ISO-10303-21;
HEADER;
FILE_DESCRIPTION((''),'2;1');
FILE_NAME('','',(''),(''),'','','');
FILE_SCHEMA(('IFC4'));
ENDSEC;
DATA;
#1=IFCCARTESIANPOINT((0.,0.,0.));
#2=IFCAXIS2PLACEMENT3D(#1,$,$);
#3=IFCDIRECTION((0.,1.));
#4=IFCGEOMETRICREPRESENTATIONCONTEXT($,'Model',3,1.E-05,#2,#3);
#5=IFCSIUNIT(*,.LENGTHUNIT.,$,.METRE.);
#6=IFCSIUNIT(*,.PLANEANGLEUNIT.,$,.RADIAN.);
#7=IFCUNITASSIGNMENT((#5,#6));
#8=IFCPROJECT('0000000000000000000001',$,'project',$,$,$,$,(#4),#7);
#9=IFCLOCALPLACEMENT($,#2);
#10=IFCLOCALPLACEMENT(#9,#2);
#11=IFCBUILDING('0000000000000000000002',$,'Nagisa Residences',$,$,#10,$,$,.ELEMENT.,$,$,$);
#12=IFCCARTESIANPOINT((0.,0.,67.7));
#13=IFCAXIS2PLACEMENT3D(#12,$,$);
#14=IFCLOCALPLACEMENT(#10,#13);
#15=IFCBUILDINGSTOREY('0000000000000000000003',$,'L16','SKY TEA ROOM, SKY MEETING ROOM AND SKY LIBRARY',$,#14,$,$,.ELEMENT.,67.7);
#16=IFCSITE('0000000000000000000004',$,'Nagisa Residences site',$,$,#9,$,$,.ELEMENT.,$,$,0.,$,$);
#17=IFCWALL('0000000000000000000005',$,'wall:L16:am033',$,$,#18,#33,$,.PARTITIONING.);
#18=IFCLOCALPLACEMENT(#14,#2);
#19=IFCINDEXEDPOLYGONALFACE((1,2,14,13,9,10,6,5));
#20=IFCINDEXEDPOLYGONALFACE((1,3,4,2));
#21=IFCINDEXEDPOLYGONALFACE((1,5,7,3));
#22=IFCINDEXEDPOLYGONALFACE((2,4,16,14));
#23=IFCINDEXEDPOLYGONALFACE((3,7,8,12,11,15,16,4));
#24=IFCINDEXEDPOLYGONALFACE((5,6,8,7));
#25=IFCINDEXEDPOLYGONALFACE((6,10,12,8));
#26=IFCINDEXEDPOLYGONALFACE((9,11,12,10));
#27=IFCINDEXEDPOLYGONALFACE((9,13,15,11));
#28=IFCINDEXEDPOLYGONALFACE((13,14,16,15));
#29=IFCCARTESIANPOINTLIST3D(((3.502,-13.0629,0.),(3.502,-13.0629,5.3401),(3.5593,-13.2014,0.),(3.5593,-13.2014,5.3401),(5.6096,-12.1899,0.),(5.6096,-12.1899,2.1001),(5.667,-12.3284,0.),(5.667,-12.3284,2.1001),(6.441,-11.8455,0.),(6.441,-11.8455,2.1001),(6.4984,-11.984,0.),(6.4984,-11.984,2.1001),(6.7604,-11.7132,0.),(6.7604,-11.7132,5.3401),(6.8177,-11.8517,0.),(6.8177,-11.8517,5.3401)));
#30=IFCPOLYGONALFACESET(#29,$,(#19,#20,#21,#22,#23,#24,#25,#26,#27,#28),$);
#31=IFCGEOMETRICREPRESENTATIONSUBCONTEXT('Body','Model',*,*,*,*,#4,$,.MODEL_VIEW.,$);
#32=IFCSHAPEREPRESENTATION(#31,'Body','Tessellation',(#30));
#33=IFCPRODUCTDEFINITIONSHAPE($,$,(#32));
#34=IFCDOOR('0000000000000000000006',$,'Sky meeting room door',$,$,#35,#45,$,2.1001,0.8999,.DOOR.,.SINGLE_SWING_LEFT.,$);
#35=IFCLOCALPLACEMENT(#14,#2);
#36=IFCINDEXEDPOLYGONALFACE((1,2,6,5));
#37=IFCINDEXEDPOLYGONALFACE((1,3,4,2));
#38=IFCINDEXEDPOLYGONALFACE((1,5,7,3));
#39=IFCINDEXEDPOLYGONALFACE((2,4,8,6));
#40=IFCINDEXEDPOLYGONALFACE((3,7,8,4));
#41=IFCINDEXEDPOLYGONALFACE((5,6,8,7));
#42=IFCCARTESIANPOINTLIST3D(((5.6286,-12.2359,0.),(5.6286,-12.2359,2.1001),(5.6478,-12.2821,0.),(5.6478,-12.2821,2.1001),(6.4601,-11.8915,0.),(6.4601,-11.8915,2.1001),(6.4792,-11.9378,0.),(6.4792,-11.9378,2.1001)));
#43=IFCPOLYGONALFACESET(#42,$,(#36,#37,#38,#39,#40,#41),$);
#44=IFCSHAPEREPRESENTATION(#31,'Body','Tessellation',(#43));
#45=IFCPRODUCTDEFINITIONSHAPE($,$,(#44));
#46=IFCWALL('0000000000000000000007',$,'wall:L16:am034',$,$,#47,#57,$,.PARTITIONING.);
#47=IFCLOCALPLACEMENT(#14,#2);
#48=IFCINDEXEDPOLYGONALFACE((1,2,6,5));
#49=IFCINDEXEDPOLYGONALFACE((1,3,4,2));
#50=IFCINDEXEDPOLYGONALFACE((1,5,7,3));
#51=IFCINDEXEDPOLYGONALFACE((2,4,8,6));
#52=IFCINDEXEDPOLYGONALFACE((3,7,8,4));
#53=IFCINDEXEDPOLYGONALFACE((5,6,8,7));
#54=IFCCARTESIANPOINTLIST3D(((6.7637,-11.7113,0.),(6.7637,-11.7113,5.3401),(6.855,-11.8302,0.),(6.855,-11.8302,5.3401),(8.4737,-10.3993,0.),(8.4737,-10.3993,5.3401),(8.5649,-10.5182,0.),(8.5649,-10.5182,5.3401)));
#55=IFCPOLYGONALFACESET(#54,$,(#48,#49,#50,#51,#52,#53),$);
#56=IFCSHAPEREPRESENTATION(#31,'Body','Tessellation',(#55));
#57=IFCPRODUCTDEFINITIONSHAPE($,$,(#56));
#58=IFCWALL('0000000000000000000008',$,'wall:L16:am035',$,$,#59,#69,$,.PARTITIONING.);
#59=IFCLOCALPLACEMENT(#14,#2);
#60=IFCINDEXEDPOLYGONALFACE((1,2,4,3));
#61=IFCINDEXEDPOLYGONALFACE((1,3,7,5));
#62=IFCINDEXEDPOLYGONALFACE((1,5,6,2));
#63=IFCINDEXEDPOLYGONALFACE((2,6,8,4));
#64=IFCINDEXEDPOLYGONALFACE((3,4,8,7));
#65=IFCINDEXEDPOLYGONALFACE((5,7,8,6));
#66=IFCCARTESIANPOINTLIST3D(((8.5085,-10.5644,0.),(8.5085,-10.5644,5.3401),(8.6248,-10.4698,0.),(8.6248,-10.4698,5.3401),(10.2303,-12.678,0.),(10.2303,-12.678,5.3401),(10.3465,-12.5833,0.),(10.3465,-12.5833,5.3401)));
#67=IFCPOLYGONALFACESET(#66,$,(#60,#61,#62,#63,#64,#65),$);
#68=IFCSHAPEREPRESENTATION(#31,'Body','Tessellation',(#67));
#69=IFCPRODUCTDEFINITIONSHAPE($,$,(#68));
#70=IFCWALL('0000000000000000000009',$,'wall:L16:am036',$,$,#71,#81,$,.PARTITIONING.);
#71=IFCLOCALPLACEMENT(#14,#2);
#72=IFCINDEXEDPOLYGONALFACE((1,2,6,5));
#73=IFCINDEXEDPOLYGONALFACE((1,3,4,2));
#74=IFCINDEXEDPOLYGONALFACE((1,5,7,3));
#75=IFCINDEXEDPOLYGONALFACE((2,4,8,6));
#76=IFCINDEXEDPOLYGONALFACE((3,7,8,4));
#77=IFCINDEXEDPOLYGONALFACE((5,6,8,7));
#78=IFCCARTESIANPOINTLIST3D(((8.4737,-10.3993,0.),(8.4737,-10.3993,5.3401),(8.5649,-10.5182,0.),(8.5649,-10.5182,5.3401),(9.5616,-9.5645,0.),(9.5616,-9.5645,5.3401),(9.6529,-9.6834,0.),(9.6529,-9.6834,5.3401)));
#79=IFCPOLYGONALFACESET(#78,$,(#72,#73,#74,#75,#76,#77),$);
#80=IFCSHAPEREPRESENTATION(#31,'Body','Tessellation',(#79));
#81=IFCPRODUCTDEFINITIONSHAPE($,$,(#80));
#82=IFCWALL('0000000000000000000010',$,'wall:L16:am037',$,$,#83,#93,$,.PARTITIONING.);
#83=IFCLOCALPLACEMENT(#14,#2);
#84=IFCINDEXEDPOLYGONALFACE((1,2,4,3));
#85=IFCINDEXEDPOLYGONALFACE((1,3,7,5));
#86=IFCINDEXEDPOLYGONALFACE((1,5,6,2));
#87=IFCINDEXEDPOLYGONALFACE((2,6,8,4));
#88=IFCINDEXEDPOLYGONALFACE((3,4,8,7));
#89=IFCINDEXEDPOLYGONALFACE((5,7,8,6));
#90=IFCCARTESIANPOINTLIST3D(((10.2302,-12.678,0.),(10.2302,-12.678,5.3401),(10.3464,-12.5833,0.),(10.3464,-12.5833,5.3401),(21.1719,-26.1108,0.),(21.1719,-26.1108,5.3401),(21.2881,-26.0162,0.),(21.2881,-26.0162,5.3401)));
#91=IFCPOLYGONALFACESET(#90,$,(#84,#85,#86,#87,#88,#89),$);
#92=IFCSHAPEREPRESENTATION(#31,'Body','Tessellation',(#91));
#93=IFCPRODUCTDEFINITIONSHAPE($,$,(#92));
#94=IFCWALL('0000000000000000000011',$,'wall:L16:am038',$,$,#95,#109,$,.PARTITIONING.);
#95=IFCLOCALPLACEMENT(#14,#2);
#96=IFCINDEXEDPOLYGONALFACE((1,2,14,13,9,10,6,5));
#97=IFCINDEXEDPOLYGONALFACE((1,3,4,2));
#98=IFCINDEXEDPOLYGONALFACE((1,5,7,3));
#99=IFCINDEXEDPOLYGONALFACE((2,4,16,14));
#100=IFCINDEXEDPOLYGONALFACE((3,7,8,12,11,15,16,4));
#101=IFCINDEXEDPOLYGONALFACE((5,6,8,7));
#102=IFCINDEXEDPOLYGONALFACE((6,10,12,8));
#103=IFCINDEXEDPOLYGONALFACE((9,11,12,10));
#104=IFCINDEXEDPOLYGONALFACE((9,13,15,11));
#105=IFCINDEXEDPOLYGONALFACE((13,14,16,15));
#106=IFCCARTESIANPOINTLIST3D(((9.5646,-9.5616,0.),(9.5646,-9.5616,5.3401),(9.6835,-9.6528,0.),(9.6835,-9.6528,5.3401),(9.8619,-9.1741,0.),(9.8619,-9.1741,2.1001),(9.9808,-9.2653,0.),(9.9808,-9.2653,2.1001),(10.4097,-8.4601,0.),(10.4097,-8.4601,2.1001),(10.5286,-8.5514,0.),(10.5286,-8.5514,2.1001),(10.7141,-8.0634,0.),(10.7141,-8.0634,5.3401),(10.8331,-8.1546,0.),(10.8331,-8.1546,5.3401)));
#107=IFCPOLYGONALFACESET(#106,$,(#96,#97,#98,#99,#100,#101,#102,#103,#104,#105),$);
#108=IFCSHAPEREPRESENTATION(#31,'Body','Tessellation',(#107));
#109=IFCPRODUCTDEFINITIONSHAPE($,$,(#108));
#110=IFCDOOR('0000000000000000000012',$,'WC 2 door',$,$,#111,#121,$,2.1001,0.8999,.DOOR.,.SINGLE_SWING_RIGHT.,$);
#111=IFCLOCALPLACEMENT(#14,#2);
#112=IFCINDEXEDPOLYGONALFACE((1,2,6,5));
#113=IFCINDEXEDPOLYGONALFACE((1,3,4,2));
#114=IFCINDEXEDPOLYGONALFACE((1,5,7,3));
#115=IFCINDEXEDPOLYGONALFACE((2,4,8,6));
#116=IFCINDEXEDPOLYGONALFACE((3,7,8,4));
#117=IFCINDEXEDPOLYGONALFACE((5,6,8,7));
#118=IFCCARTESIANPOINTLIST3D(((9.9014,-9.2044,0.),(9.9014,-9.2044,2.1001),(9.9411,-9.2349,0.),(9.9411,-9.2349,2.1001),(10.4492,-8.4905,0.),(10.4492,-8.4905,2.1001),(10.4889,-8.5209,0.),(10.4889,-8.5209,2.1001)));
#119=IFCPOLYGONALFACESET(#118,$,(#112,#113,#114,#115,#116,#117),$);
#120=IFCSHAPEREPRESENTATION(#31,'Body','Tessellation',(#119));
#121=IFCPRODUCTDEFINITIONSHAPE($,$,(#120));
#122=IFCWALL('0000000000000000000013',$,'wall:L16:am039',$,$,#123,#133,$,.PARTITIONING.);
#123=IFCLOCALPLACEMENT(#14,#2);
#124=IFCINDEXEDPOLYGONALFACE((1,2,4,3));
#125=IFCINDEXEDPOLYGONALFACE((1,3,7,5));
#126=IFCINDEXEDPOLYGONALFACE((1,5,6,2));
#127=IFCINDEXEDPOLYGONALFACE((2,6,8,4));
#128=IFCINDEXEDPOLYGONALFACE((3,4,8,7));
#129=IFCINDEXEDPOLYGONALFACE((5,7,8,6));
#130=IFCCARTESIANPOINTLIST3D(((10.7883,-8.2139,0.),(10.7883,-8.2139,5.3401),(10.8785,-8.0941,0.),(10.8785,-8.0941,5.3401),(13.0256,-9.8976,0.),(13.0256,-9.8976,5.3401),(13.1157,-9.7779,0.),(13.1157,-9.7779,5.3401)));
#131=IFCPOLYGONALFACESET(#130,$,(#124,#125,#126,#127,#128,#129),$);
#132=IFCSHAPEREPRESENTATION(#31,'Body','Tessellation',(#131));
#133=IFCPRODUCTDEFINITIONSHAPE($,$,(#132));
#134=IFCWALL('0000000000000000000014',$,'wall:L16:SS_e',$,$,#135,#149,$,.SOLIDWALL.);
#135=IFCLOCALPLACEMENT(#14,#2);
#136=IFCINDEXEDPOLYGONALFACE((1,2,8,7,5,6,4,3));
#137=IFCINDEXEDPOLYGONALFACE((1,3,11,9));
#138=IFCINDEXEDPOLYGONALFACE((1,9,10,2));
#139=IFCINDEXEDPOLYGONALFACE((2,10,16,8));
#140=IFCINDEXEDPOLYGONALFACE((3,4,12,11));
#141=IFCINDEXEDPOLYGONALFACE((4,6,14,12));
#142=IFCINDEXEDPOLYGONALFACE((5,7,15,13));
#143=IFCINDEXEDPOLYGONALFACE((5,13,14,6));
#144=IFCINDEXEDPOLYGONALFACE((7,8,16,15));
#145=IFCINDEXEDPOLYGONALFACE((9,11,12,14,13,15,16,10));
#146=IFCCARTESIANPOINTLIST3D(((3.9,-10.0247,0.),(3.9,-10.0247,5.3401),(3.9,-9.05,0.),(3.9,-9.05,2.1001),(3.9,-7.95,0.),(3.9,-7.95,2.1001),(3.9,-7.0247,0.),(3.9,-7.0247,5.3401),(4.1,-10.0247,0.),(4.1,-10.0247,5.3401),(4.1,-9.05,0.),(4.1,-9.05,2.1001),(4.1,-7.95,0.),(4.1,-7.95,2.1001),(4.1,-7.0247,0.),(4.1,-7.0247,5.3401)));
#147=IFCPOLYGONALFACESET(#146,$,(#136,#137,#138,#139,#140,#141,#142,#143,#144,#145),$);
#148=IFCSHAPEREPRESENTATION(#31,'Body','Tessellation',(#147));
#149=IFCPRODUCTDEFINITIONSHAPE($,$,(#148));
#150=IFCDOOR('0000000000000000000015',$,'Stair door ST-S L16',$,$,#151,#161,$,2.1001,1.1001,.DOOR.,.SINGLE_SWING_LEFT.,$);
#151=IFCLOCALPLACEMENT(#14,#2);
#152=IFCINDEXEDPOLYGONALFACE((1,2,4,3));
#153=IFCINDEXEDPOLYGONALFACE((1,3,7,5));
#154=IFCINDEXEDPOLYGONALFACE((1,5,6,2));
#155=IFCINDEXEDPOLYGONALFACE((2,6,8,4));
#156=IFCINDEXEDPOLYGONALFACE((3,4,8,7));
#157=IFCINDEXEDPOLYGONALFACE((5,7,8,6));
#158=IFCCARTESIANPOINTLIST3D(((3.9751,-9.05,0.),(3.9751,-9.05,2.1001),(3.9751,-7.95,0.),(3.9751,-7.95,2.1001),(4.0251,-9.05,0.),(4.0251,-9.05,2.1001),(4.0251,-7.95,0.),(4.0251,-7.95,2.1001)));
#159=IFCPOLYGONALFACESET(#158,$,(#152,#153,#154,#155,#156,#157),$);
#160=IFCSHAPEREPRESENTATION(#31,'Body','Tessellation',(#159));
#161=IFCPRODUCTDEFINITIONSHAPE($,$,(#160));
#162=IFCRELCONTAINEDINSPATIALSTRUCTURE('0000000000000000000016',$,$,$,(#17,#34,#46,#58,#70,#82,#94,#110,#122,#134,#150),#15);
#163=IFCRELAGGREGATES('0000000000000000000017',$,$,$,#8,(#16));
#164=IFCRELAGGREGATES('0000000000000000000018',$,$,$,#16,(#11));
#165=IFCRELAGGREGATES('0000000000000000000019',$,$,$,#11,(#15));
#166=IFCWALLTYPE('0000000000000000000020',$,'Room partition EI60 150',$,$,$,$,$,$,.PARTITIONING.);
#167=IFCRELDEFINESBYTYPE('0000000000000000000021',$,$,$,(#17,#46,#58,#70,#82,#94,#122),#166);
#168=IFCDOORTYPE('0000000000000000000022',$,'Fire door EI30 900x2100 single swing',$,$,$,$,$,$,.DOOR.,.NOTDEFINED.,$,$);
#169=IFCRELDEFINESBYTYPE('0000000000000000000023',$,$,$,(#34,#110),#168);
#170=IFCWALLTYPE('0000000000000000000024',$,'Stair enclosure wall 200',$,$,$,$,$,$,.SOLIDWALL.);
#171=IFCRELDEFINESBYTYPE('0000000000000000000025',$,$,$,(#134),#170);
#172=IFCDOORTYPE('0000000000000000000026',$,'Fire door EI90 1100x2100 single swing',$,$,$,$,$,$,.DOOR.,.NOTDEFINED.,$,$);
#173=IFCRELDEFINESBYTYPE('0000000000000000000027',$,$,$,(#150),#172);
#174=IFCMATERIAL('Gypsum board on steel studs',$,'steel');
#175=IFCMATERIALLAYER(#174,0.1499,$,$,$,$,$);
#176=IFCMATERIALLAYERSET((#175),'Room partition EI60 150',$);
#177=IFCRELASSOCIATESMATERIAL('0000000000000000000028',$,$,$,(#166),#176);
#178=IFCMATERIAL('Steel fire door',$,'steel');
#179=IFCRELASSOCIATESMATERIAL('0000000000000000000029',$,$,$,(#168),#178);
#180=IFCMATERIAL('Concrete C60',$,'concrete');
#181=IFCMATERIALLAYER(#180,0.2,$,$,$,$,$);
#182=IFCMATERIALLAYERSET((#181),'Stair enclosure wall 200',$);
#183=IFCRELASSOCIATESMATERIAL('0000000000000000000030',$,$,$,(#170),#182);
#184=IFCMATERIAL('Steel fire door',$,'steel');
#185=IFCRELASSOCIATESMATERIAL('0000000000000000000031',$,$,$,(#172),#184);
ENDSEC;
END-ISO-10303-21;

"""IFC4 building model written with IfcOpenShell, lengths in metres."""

from ifc_helpers import new_model, si_unit, direction, frame, frame_2d, origin, place, context, subcontext, project, spatial, rectangle, extrude, material, layer, layer_set, type_object, element, fill, save


model = new_model("IFC4")

# Units and contexts
model_context = context("Model", 3, precision=1e-05, world=origin(), true_north=direction((0.0, 1.0)))
body_context = subcontext(model_context, "Body", "Model", "MODEL_VIEW")
ifc_project = project(units=[si_unit("LENGTHUNIT", "METRE"), si_unit("PLANEANGLEUNIT", "RADIAN")], contexts=[model_context])

# Site, building, storey
site_placement = place(None, origin())
site = spatial("IfcSite", under=ifc_project, at=site_placement, Name="Nagisa Residences site", CompositionType="ELEMENT", RefElevation=0.0)
building_placement = place(site_placement, origin())
building = spatial("IfcBuilding", under=site, at=building_placement, Name="Nagisa Residences", CompositionType="ELEMENT")
storey_placement = place(building_placement, frame((0.0, 0.0, 67.7)))
storey = spatial("IfcBuildingStorey", under=building, at=storey_placement, Name="L16", Description="SKY TEA ROOM, SKY MEETING ROOM AND SKY LIBRARY", CompositionType="ELEMENT", Elevation=67.7)

# Shared definitions
ifc_material_1 = material(Name="Gypsum board on steel studs", Category="steel")
ifc_layer_1 = layer(ifc_material_1, 0.1499)
ifc_layer_set_1 = layer_set([ifc_layer_1], Name="Room partition EI60 150")
wall_type_1 = type_object("IfcWallType", Name="Room partition EI60 150", PredefinedType="PARTITIONING", material=ifc_layer_set_1)
ifc_material_2 = material(Name="Steel fire door", Category="steel")
door_type_1 = type_object("IfcDoorType", Name="Fire door EI30 900x2100 single swing", OperationType="NOTDEFINED", PredefinedType="DOOR", material=ifc_material_2)

# Wall, opening, door
wall_1_placement = place(storey_placement, frame((6.7891, -11.7825, 0.0), z_axis=(0.0, 0.0, 1.0), x_axis=(-0.923882, -0.382678, 0.0)))
wall_1 = element("IfcWall", 1, at=wall_1_placement, inside=storey, type_object=wall_type_1, Name="wall:L16:am033", PredefinedType="PARTITIONING", context=body_context, shape_type="SweptSolid", body=[
    extrude(rectangle(XDim=3.5269, YDim=0.1499, at=frame_2d((1.7634, 0.0))), origin(), (0.0, 0.0, 1.0), 5.3401),
])
opening_1_placement = place(wall_1_placement, frame((0.3457, 0.0, 0.0)))
opening_1 = element("IfcOpeningElement", 2, at=opening_1_placement, cuts=wall_1, PredefinedType="OPENING", context=body_context, shape_type="SweptSolid", body=[
    extrude(rectangle(XDim=0.8999, YDim=2.1001, at=frame_2d((0.45, 1.05))), frame((0.0, 0.085, 0.0), z_axis=(0.0, -1.0, 0.0), x_axis=(1.0, 0.0, 0.0)), (0.0, 0.0, 1.0), 0.1699),
])
door_1_placement = place(opening_1_placement, origin())
door_1 = element("IfcDoor", 3, at=door_1_placement, inside=storey, type_object=door_type_1, Name="Sky meeting room door", OperationType="SINGLE_SWING_LEFT", OverallHeight=2.1001, OverallWidth=0.8999, PredefinedType="DOOR", context=body_context, shape_type="SweptSolid", body=[
    extrude(rectangle(XDim=0.8999, YDim=2.1001, at=frame_2d((0.45, 1.05))), frame((0.0, 0.0249, 0.0), z_axis=(0.0, -1.0, 0.0), x_axis=(1.0, 0.0, 0.0)), (0.0, 0.0, 1.0), 0.05),
])
fill(opening_1, door_1)

# Walls
wall_2_placement = place(storey_placement, frame((8.5193, -10.4587, 0.0), z_axis=(0.0, 0.0, 1.0), x_axis=(-0.793373, -0.608736, 0.0)))
element("IfcWall", 4, at=wall_2_placement, inside=storey, type_object=wall_type_1, Name="wall:L16:am034", PredefinedType="PARTITIONING", context=body_context, shape_type="SweptSolid", body=[
    extrude(rectangle(XDim=2.1553, YDim=0.1499, at=frame_2d((1.0776, 0.0))), origin(), (0.0, 0.0, 1.0), 5.3401),
])
wall_3_placement = place(storey_placement, frame((8.5667, -10.5171, 0.0), z_axis=(0.0, 0.0, 1.0), x_axis=(0.631573, -0.775316, 0.0)))
element("IfcWall", 5, at=wall_3_placement, inside=storey, type_object=wall_type_1, Name="wall:L16:am035", PredefinedType="PARTITIONING", context=body_context, shape_type="SweptSolid", body=[
    extrude(rectangle(XDim=2.7261, YDim=0.1499, at=frame_2d((1.363, 0.0))), origin(), (0.0, 0.0, 1.0), 5.3401),
])
wall_4_placement = place(storey_placement, frame((9.6072, -9.624, 0.0), z_axis=(0.0, 0.0, 1.0), x_axis=(-0.793371, -0.608738, 0.0)))
element("IfcWall", 6, at=wall_4_placement, inside=storey, type_object=wall_type_1, Name="wall:L16:am036", PredefinedType="PARTITIONING", context=body_context, shape_type="SweptSolid", body=[
    extrude(rectangle(XDim=1.3713, YDim=0.1499, at=frame_2d((0.6855, 0.0))), origin(), (0.0, 0.0, 1.0), 5.3401),
])
wall_5_placement = place(storey_placement, frame((10.2883, -12.6306, 0.0), z_axis=(0.0, 0.0, 1.0), x_axis=(0.631547, -0.775338, 0.0)))
element("IfcWall", 7, at=wall_5_placement, inside=storey, type_object=wall_type_1, Name="wall:L16:am037", PredefinedType="PARTITIONING", context=body_context, shape_type="SweptSolid", body=[
    extrude(rectangle(XDim=17.3252, YDim=0.1499, at=frame_2d((8.6626, 0.0))), origin(), (0.0, 0.0, 1.0), 5.3401),
])

# Wall, opening, door
wall_6_placement = place(storey_placement, frame((10.7737, -8.1089, 0.0), z_axis=(0.0, 0.0, 1.0), x_axis=(-0.608754, -0.793359, 0.0)))
wall_6 = element("IfcWall", 8, at=wall_6_placement, inside=storey, type_object=wall_type_1, Name="wall:L16:am038", PredefinedType="PARTITIONING", context=body_context, shape_type="SweptSolid", body=[
    extrude(rectangle(XDim=1.8884, YDim=0.1499, at=frame_2d((0.9443, 0.0))), origin(), (0.0, 0.0, 1.0), 5.3401),
])
opening_2_placement = place(wall_6_placement, frame((0.5002, 0.0, 0.0)))
opening_2 = element("IfcOpeningElement", 9, at=opening_2_placement, cuts=wall_6, PredefinedType="OPENING", context=body_context, shape_type="SweptSolid", body=[
    extrude(rectangle(XDim=0.8999, YDim=2.1001, at=frame_2d((0.45, 1.05))), frame((0.0, 0.085, 0.0), z_axis=(0.0, -1.0, 0.0), x_axis=(1.0, 0.0, 0.0)), (0.0, 0.0, 1.0), 0.1699),
])
door_2_placement = place(opening_2_placement, origin())
door_2 = element("IfcDoor", 10, at=door_2_placement, inside=storey, type_object=door_type_1, Name="WC 2 door", OperationType="SINGLE_SWING_RIGHT", OverallHeight=2.1001, OverallWidth=0.8999, PredefinedType="DOOR", context=body_context, shape_type="SweptSolid", body=[
    extrude(rectangle(XDim=0.8999, YDim=2.1001, at=frame_2d((0.45, 1.05))), frame((0.0, 0.0249, 0.0), z_axis=(0.0, -1.0, 0.0), x_axis=(1.0, 0.0, 0.0)), (0.0, 0.0, 1.0), 0.05),
])
fill(opening_2, door_2)

# Wall
wall_7_placement = place(storey_placement, frame((10.8335, -8.1541, 0.0), z_axis=(0.0, 0.0, 1.0), x_axis=(0.798994, -0.601338, 0.0)))
element("IfcWall", 11, at=wall_7_placement, inside=storey, type_object=wall_type_1, Name="wall:L16:am039", PredefinedType="PARTITIONING", context=body_context, shape_type="SweptSolid", body=[
    extrude(rectangle(XDim=2.8, YDim=0.1499, at=frame_2d((1.3999, 0.0))), origin(), (0.0, 0.0, 1.0), 5.3401),
])

# Wall, opening, door
ifc_material_3 = material(Name="Concrete C60", Category="concrete")
ifc_layer_2 = layer(ifc_material_3, 0.2)
ifc_layer_set_2 = layer_set([ifc_layer_2], Name="Stair enclosure wall 200")
wall_type_2 = type_object("IfcWallType", Name="Stair enclosure wall 200", PredefinedType="SOLIDWALL", material=ifc_layer_set_2)
wall_8_placement = place(storey_placement, frame((4.0, -10.0247, 0.0), z_axis=(0.0, 0.0, 1.0), x_axis=(0.0, 1.0, 0.0)))
wall_8 = element("IfcWall", 12, at=wall_8_placement, inside=storey, type_object=wall_type_2, Name="wall:L16:SS_e", PredefinedType="SOLIDWALL", context=body_context, shape_type="SweptSolid", body=[
    extrude(rectangle(XDim=3.0, YDim=0.2, at=frame_2d((1.5, 0.0))), origin(), (0.0, 0.0, 1.0), 5.3401),
])
opening_3_placement = place(wall_8_placement, frame((0.9746, 0.0, 0.0)))
opening_3 = element("IfcOpeningElement", 13, at=opening_3_placement, cuts=wall_8, PredefinedType="OPENING", context=body_context, shape_type="SweptSolid", body=[
    extrude(rectangle(XDim=1.1001, YDim=2.1001, at=frame_2d((0.55, 1.05))), frame((0.0, 0.1099, 0.0), z_axis=(0.0, -1.0, 0.0), x_axis=(1.0, 0.0, 0.0)), (0.0, 0.0, 1.0), 0.22),
])
ifc_material_4 = material(Name="Steel fire door", Category="steel")
door_type_2 = type_object("IfcDoorType", Name="Fire door EI90 1100x2100 single swing", OperationType="NOTDEFINED", PredefinedType="DOOR", material=ifc_material_4)
door_3_placement = place(opening_3_placement, origin())
door_3 = element("IfcDoor", 14, at=door_3_placement, inside=storey, type_object=door_type_2, Name="Stair door ST-S L16", OperationType="SINGLE_SWING_LEFT", OverallHeight=2.1001, OverallWidth=1.1001, PredefinedType="DOOR", context=body_context, shape_type="SweptSolid", body=[
    extrude(rectangle(XDim=1.1001, YDim=2.1001, at=frame_2d((0.55, 1.05))), frame((0.0, 0.0249, 0.0), z_axis=(0.0, -1.0, 0.0), x_axis=(1.0, 0.0, 0.0)), (0.0, 0.0, 1.0), 0.05),
])
fill(opening_3, door_3)

save(model, "model.ifc")
